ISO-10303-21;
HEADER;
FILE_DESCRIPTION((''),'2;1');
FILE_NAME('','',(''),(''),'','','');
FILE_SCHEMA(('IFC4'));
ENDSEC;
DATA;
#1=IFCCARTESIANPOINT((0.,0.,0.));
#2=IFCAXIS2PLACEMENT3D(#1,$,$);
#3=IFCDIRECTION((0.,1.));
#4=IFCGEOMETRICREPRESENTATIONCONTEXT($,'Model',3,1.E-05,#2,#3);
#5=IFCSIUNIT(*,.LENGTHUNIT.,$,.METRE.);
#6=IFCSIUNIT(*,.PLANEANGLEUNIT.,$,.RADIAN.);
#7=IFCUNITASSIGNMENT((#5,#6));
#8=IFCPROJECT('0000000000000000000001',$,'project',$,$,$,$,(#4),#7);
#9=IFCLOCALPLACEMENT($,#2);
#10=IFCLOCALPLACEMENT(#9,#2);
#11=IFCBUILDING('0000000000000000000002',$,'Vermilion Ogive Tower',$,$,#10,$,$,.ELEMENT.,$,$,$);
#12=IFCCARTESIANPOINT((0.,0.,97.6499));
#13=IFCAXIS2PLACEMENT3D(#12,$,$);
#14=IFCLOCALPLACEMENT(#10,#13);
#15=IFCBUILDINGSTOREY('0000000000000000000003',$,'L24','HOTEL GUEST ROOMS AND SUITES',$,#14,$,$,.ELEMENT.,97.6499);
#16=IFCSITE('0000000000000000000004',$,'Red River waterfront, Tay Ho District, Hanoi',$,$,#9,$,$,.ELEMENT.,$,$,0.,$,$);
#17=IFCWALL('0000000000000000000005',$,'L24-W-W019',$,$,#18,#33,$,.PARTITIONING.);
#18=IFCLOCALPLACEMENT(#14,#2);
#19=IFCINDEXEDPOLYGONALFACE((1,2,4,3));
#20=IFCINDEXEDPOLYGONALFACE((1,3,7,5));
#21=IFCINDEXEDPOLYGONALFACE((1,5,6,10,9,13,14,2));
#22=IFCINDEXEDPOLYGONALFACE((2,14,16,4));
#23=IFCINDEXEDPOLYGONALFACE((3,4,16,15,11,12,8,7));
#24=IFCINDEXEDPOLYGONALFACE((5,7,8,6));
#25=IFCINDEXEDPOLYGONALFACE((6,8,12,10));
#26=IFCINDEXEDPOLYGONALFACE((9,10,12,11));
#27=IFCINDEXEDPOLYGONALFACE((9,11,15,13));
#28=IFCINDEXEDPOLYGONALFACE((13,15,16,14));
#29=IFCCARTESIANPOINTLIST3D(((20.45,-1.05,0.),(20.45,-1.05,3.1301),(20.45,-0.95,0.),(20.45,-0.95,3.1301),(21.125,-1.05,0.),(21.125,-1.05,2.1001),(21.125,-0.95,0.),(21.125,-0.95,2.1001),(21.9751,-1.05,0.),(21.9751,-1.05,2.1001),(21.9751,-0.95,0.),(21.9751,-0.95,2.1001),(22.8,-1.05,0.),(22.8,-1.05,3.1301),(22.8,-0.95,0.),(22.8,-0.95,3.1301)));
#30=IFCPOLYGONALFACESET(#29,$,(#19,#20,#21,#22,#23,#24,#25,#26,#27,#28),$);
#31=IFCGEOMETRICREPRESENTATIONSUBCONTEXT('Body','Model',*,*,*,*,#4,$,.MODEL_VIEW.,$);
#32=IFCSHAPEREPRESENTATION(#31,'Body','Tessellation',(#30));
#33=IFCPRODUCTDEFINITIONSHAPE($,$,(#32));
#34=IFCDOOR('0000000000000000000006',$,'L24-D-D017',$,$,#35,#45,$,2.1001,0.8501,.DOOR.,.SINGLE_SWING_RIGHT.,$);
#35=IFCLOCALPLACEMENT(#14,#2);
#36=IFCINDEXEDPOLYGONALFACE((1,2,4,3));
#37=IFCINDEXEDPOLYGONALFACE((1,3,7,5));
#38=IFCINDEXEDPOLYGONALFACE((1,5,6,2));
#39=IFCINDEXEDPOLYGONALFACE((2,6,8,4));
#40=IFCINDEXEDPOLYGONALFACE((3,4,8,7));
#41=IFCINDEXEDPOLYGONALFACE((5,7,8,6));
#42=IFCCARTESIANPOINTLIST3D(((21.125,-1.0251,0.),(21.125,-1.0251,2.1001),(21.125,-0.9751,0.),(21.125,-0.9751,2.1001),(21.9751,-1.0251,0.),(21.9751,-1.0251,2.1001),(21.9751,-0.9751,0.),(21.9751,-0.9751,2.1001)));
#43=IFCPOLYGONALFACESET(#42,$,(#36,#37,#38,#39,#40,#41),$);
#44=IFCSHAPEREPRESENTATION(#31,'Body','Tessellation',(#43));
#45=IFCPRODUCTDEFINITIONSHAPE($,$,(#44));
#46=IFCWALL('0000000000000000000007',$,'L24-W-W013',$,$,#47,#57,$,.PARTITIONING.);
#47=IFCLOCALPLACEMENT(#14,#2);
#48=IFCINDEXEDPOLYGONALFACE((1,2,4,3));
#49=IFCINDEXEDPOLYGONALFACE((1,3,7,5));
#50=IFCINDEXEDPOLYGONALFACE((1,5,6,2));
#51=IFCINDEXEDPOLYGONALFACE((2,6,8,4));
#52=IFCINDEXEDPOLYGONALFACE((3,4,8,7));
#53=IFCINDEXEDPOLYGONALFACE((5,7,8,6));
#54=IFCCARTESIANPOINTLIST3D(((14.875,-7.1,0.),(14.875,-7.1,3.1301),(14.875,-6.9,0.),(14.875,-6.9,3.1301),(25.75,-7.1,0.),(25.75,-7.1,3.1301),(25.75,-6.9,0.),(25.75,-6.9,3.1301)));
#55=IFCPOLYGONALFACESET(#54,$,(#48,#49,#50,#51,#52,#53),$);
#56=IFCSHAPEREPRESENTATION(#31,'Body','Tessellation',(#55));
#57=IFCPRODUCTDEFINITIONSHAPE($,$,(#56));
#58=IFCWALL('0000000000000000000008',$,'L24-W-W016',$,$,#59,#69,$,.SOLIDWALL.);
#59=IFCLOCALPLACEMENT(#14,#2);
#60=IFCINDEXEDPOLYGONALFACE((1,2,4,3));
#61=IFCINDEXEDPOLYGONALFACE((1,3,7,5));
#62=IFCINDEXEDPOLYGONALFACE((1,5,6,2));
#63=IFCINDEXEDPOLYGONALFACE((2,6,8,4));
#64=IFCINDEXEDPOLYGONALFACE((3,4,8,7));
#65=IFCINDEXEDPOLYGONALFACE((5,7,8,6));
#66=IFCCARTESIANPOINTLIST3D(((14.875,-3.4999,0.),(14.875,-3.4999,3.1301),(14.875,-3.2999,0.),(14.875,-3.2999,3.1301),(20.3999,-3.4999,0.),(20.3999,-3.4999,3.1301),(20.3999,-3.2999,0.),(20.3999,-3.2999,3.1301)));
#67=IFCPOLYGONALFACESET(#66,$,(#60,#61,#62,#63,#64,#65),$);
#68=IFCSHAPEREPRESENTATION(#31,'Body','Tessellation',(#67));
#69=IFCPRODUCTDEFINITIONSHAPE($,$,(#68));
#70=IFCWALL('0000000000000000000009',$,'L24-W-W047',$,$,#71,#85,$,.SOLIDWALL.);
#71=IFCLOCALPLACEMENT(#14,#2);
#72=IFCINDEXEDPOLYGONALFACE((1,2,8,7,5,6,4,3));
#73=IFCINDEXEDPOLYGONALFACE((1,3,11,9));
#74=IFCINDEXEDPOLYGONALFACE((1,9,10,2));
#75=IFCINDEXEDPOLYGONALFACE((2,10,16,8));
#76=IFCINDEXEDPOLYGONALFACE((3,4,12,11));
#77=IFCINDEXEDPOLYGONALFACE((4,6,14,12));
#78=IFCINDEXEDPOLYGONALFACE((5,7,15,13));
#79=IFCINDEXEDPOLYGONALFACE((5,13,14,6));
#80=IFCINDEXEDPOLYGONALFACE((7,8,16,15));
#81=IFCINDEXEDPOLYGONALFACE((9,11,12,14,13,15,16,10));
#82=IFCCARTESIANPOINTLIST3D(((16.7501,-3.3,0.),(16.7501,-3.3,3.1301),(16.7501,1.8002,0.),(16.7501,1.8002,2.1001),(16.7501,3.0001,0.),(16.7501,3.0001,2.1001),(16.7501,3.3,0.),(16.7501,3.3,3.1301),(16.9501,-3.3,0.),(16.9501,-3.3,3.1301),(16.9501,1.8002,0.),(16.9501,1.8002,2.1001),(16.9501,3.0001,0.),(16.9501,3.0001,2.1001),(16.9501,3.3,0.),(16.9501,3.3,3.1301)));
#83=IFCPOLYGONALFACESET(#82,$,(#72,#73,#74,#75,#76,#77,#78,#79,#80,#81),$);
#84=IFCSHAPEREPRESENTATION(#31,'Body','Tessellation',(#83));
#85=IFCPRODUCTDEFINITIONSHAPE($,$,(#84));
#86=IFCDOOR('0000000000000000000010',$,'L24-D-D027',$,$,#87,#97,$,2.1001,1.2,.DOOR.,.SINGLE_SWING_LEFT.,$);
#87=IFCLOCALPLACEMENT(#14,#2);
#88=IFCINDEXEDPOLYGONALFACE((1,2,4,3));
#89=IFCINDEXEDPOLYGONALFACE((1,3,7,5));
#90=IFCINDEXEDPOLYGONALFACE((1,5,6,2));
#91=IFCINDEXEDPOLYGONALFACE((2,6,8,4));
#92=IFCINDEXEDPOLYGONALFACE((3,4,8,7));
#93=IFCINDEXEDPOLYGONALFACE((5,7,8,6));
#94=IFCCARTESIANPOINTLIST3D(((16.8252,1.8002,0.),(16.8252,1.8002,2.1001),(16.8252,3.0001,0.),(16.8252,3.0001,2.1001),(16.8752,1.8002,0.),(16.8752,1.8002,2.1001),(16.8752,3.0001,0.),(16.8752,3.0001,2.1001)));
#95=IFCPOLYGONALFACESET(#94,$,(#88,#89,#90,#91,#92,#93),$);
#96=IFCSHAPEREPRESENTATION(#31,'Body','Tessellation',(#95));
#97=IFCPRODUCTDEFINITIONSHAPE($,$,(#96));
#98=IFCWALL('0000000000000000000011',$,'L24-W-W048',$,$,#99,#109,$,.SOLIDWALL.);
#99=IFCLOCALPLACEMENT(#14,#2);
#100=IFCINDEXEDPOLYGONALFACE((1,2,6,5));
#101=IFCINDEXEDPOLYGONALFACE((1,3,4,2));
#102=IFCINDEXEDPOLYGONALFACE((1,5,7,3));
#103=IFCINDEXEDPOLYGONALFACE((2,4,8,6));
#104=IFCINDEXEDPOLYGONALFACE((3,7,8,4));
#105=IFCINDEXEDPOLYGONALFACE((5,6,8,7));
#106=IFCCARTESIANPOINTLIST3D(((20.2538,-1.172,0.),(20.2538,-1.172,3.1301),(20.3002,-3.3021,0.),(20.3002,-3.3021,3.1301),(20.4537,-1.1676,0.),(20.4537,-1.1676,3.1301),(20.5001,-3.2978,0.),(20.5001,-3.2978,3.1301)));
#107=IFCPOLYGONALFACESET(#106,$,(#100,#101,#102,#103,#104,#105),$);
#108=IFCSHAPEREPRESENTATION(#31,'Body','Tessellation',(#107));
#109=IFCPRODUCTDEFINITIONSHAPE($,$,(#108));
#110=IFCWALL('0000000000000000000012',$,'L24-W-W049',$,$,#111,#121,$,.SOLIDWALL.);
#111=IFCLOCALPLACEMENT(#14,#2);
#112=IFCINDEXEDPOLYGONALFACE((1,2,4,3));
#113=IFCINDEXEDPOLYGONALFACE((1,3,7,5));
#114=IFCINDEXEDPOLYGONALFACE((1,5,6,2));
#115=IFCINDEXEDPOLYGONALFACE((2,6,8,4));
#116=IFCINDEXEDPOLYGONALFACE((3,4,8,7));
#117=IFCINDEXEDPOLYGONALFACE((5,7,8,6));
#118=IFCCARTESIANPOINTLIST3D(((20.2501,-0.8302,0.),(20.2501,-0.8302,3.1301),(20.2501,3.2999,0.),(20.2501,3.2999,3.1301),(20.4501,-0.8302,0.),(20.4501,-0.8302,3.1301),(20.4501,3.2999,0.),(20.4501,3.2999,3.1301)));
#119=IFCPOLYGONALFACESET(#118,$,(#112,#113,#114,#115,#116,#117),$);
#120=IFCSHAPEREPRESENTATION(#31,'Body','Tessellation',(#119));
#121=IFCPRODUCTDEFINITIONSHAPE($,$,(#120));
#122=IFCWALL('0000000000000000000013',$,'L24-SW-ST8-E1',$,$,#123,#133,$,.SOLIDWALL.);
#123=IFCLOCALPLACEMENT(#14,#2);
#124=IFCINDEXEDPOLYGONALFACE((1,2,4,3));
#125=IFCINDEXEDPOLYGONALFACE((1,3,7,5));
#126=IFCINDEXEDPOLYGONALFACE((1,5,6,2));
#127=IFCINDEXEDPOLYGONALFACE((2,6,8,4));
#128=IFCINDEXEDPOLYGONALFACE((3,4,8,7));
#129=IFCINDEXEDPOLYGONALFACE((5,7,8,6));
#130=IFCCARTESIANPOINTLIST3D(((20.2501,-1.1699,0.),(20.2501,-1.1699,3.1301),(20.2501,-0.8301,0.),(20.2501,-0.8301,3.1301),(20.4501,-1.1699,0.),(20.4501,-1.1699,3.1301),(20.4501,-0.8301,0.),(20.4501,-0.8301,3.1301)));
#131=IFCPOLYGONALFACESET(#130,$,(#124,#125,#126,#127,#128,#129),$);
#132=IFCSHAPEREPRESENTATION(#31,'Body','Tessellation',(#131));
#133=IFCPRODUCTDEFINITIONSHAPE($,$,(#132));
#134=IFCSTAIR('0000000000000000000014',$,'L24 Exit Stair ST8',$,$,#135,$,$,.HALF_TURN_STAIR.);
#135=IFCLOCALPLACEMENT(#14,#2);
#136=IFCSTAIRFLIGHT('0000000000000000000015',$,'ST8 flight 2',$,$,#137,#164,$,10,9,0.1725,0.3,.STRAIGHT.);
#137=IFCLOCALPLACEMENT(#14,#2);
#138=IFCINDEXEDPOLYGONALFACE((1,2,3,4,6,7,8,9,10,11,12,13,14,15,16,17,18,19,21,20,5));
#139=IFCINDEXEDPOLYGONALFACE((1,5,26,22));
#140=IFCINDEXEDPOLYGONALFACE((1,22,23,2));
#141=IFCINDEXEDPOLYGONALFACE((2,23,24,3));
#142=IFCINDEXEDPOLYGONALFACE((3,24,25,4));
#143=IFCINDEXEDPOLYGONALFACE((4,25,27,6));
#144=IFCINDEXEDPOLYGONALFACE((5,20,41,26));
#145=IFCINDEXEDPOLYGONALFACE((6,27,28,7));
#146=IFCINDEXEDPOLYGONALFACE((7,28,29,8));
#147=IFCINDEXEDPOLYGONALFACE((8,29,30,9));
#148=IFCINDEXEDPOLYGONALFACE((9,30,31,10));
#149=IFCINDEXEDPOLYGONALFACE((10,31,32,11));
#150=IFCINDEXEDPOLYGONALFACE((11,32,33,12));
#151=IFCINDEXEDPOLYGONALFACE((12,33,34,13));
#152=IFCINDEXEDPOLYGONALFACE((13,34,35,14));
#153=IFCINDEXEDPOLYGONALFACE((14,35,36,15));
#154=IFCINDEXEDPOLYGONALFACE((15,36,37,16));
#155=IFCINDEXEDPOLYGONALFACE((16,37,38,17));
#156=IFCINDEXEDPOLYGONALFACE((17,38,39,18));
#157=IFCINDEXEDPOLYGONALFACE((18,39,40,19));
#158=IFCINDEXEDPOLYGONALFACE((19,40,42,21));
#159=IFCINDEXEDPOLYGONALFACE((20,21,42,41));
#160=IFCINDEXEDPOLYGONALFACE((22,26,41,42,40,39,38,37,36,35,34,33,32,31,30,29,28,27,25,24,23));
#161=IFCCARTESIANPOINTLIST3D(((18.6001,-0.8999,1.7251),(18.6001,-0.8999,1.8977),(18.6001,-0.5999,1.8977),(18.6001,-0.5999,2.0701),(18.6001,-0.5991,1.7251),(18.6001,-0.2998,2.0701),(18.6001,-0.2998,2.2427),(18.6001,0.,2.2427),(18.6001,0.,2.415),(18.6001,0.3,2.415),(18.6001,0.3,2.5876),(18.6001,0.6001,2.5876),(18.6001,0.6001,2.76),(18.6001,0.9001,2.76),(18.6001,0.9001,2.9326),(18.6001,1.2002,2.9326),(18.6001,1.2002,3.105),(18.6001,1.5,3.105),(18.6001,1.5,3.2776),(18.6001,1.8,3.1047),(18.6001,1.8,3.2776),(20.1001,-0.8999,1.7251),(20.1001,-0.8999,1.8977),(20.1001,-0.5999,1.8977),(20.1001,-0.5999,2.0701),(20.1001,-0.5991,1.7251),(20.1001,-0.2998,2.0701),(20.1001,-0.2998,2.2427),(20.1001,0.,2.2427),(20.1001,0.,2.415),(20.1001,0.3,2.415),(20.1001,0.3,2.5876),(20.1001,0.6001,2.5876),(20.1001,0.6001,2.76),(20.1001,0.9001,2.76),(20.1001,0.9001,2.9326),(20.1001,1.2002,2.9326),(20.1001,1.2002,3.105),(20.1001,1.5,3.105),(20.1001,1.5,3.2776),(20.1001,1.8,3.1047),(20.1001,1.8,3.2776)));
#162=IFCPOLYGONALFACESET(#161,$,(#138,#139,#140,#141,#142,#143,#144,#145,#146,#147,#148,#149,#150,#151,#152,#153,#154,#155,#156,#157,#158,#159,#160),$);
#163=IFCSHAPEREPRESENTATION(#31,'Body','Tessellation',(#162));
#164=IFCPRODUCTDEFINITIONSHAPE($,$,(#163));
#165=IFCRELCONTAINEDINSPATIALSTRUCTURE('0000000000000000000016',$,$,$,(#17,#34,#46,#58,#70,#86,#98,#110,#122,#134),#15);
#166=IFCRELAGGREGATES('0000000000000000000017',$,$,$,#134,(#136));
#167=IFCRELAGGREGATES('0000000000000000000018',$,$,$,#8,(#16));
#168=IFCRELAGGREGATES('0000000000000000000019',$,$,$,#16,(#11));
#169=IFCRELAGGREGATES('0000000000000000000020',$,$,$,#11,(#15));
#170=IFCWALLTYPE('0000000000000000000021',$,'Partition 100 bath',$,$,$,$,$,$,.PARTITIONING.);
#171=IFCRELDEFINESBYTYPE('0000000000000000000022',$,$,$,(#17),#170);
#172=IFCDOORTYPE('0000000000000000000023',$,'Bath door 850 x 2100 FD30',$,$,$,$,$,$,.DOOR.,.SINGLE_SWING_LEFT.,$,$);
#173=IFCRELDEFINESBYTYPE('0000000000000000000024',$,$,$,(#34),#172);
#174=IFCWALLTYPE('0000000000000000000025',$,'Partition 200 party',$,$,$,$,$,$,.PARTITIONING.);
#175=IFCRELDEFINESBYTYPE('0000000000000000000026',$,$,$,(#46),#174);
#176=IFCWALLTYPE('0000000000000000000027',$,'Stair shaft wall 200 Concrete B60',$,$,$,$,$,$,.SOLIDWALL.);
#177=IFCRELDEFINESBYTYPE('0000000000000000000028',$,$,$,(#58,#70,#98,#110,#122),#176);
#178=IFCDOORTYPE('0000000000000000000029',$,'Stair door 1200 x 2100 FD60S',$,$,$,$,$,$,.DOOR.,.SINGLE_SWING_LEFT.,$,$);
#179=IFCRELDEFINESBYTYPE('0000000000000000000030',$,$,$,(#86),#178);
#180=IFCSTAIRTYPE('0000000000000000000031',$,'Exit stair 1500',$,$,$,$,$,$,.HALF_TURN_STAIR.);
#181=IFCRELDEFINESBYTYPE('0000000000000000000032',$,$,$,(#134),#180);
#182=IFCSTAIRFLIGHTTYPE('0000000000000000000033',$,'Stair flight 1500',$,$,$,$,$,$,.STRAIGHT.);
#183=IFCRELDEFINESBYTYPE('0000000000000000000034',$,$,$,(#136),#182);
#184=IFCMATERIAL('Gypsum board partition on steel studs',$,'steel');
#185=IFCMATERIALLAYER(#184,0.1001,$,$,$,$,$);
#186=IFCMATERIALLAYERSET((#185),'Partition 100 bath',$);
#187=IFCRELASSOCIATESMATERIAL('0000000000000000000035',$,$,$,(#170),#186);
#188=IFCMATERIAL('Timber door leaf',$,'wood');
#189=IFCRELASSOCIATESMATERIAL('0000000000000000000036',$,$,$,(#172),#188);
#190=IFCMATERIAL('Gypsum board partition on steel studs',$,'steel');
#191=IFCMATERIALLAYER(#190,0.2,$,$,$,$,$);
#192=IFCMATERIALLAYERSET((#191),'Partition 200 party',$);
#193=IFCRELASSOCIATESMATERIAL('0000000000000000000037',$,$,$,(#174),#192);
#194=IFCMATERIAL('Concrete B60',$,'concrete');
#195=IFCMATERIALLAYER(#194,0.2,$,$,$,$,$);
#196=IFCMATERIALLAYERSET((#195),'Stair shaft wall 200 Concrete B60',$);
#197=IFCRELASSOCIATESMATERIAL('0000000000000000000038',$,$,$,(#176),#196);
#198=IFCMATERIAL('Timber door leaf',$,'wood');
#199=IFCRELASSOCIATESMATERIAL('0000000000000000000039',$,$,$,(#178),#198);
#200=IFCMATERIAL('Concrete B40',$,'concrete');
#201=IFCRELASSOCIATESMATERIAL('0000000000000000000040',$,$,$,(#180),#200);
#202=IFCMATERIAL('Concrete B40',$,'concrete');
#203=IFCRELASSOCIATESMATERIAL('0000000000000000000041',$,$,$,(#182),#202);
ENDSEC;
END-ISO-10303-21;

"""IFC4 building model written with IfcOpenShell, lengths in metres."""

from ifc_helpers import new_model, si_unit, direction, frame, frame_2d, origin, place, context, subcontext, project, spatial, polyline, rectangle, outline, extrude, material, layer, layer_set, type_object, element, fill, aggregate, save


model = new_model("IFC4")

# Units and contexts
model_context = context("Model", 3, precision=1e-05, world=origin(), true_north=direction((0.0, 1.0)))
body_context = subcontext(model_context, "Body", "Model", "MODEL_VIEW")
ifc_project = project(units=[si_unit("LENGTHUNIT", "METRE"), si_unit("PLANEANGLEUNIT", "RADIAN")], contexts=[model_context])

# Site, building, storey
site_placement = place(None, origin())
site = spatial("IfcSite", under=ifc_project, at=site_placement, Name="Red River waterfront, Tay Ho District, Hanoi", CompositionType="ELEMENT", RefElevation=0.0)
building_placement = place(site_placement, origin())
building = spatial("IfcBuilding", under=site, at=building_placement, Name="Vermilion Ogive Tower", CompositionType="ELEMENT")
storey_placement = place(building_placement, frame((0.0, 0.0, 97.6499)))
storey = spatial("IfcBuildingStorey", under=building, at=storey_placement, Name="L24", Description="HOTEL GUEST ROOMS AND SUITES", CompositionType="ELEMENT", Elevation=97.6499)

# Shared definitions
ifc_material_1 = material(Name="Gypsum board partition on steel studs", Category="steel")
ifc_layer_1 = layer(ifc_material_1, 0.1001)
ifc_layer_set_1 = layer_set([ifc_layer_1], Name="Partition 100 bath")
wall_type_1 = type_object("IfcWallType", Name="Partition 100 bath", PredefinedType="PARTITIONING", material=ifc_layer_set_1)

# Wall, opening, door
wall_1_placement = place(storey_placement, frame((20.45, -1.0, 0.0), z_axis=(0.0, 0.0, 1.0), x_axis=(1.0, 0.0, 0.0)))
wall_1 = element("IfcWall", 1, at=wall_1_placement, inside=storey, type_object=wall_type_1, Name="L24-W-W019", PredefinedType="PARTITIONING", context=body_context, shape_type="SweptSolid", body=[
    extrude(rectangle(XDim=2.3501, YDim=0.1001, at=frame_2d((1.175, 0.0))), origin(), (0.0, 0.0, 1.0), 3.1301),
])
opening_1_placement = place(wall_1_placement, frame((0.675, 0.0, 0.0)))
opening_1 = element("IfcOpeningElement", 2, at=opening_1_placement, cuts=wall_1, PredefinedType="OPENING", context=body_context, shape_type="SweptSolid", body=[
    extrude(rectangle(XDim=0.8501, YDim=2.1001, at=frame_2d((0.425, 1.05))), frame((0.0, 0.0601, 0.0), z_axis=(0.0, -1.0, 0.0), x_axis=(1.0, 0.0, 0.0)), (0.0, 0.0, 1.0), 0.1201),
])
ifc_material_2 = material(Name="Timber door leaf", Category="wood")
door_type_1 = type_object("IfcDoorType", Name="Bath door 850 x 2100 FD30", OperationType="SINGLE_SWING_LEFT", PredefinedType="DOOR", material=ifc_material_2)
door_1_placement = place(opening_1_placement, origin())
door_1 = element("IfcDoor", 3, at=door_1_placement, inside=storey, type_object=door_type_1, Name="L24-D-D017", OperationType="SINGLE_SWING_RIGHT", OverallHeight=2.1001, OverallWidth=0.8501, PredefinedType="DOOR", context=body_context, shape_type="SweptSolid", body=[
    extrude(rectangle(XDim=0.8501, YDim=2.1001, at=frame_2d((0.425, 1.05))), frame((0.0, 0.0249, 0.0), z_axis=(0.0, -1.0, 0.0), x_axis=(1.0, 0.0, 0.0)), (0.0, 0.0, 1.0), 0.05),
])
fill(opening_1, door_1)

# Walls
ifc_material_3 = material(Name="Gypsum board partition on steel studs", Category="steel")
ifc_layer_2 = layer(ifc_material_3, 0.2)
ifc_layer_set_2 = layer_set([ifc_layer_2], Name="Partition 200 party")
wall_type_2 = type_object("IfcWallType", Name="Partition 200 party", PredefinedType="PARTITIONING", material=ifc_layer_set_2)
wall_2_placement = place(storey_placement, frame((14.875, -7.0, 0.0), z_axis=(0.0, 0.0, 1.0), x_axis=(1.0, 0.0, 0.0)))
element("IfcWall", 4, at=wall_2_placement, inside=storey, type_object=wall_type_2, Name="L24-W-W013", PredefinedType="PARTITIONING", context=body_context, shape_type="SweptSolid", body=[
    extrude(rectangle(XDim=10.875, YDim=0.2, at=frame_2d((5.4375, 0.0))), origin(), (0.0, 0.0, 1.0), 3.1301),
])
ifc_material_4 = material(Name="Concrete B60", Category="concrete")
ifc_layer_3 = layer(ifc_material_4, 0.2)
ifc_layer_set_3 = layer_set([ifc_layer_3], Name="Stair shaft wall 200 Concrete B60")
wall_type_3 = type_object("IfcWallType", Name="Stair shaft wall 200 Concrete B60", PredefinedType="SOLIDWALL", material=ifc_layer_set_3)
wall_3_placement = place(storey_placement, frame((14.875, -3.3999, 0.0), z_axis=(0.0, 0.0, 1.0), x_axis=(1.0, 0.0, 0.0)))
element("IfcWall", 5, at=wall_3_placement, inside=storey, type_object=wall_type_3, Name="L24-W-W016", PredefinedType="SOLIDWALL", context=body_context, shape_type="SweptSolid", body=[
    extrude(rectangle(XDim=5.5249, YDim=0.2, at=frame_2d((2.7625, 0.0))), origin(), (0.0, 0.0, 1.0), 3.1301),
])

# Wall, opening, door
wall_4_placement = place(storey_placement, frame((16.8501, -3.3, 0.0), z_axis=(0.0, 0.0, 1.0), x_axis=(0.0, 1.0, 0.0)))
wall_4 = element("IfcWall", 6, at=wall_4_placement, inside=storey, type_object=wall_type_3, Name="L24-W-W047", PredefinedType="SOLIDWALL", context=body_context, shape_type="SweptSolid", body=[
    extrude(rectangle(XDim=6.6001, YDim=0.2, at=frame_2d((3.3, 0.0))), origin(), (0.0, 0.0, 1.0), 3.1301),
])
opening_2_placement = place(wall_4_placement, frame((5.1001, 0.0, 0.0)))
opening_2 = element("IfcOpeningElement", 7, at=opening_2_placement, cuts=wall_4, PredefinedType="OPENING", context=body_context, shape_type="SweptSolid", body=[
    extrude(rectangle(XDim=1.2, YDim=2.1001, at=frame_2d((0.6001, 1.05))), frame((0.0, 0.1099, 0.0), z_axis=(0.0, -1.0, 0.0), x_axis=(1.0, 0.0, 0.0)), (0.0, 0.0, 1.0), 0.22),
])
ifc_material_5 = material(Name="Timber door leaf", Category="wood")
door_type_2 = type_object("IfcDoorType", Name="Stair door 1200 x 2100 FD60S", OperationType="SINGLE_SWING_LEFT", PredefinedType="DOOR", material=ifc_material_5)
door_2_placement = place(opening_2_placement, origin())
door_2 = element("IfcDoor", 8, at=door_2_placement, inside=storey, type_object=door_type_2, Name="L24-D-D027", OperationType="SINGLE_SWING_LEFT", OverallHeight=2.1001, OverallWidth=1.2, PredefinedType="DOOR", context=body_context, shape_type="SweptSolid", body=[
    extrude(rectangle(XDim=1.2, YDim=2.1001, at=frame_2d((0.6001, 1.05))), frame((0.0, 0.0249, 0.0), z_axis=(0.0, -1.0, 0.0), x_axis=(1.0, 0.0, 0.0)), (0.0, 0.0, 1.0), 0.05),
])
fill(opening_2, door_2)

# Walls
wall_5_placement = place(storey_placement, frame((20.4001, -3.3, 0.0), z_axis=(0.0, 0.0, 1.0), x_axis=(-0.021771, 0.999763, 0.0)))
element("IfcWall", 9, at=wall_5_placement, inside=storey, type_object=wall_type_3, Name="L24-W-W048", PredefinedType="SOLIDWALL", context=body_context, shape_type="SweptSolid", body=[
    extrude(rectangle(XDim=2.1306, YDim=0.2, at=frame_2d((1.0654, 0.0))), origin(), (0.0, 0.0, 1.0), 3.1301),
])
wall_6_placement = place(storey_placement, frame((20.3501, -0.8301, 0.0), z_axis=(0.0, 0.0, 1.0), x_axis=(0.0, 1.0, 0.0)))
element("IfcWall", 10, at=wall_6_placement, inside=storey, type_object=wall_type_3, Name="L24-W-W049", PredefinedType="SOLIDWALL", context=body_context, shape_type="SweptSolid", body=[
    extrude(rectangle(XDim=4.1301, YDim=0.2, at=frame_2d((2.0649, 0.0))), origin(), (0.0, 0.0, 1.0), 3.1301),
])
wall_7_placement = place(storey_placement, frame((20.3501, -1.1699, 0.0), z_axis=(0.0, 0.0, 1.0), x_axis=(0.0, 1.0, 0.0)))
element("IfcWall", 11, at=wall_7_placement, inside=storey, type_object=wall_type_3, Name="L24-SW-ST8-E1", PredefinedType="SOLIDWALL", context=body_context, shape_type="SweptSolid", body=[
    extrude(rectangle(XDim=0.3398, YDim=0.2, at=frame_2d((0.1699, 0.0))), origin(), (0.0, 0.0, 1.0), 3.1301),
])

# Stair, stair flight
ifc_material_6 = material(Name="Concrete B40", Category="concrete")
stair_type = type_object("IfcStairType", Name="Exit stair 1500", PredefinedType="HALF_TURN_STAIR", material=ifc_material_6)
stair_placement = place(storey_placement, origin())
stair = element("IfcStair", 12, at=stair_placement, inside=storey, type_object=stair_type, Name="L24 Exit Stair ST8", PredefinedType="HALF_TURN_STAIR")
ifc_material_7 = material(Name="Concrete B40", Category="concrete")
stair_flight_type = type_object("IfcStairFlightType", Name="Stair flight 1500", PredefinedType="STRAIGHT", material=ifc_material_7)
stair_flight_placement = place(storey_placement, frame((19.3501, -0.8999, 1.7251), z_axis=(0.0, 0.0, 1.0), x_axis=(0.0, 1.0, 0.0)))
stair_flight = element("IfcStairFlight", 13, at=stair_flight_placement, type_object=stair_flight_type, Name="ST8 flight 2", NumberOfRisers=10, NumberOfTreads=9, PredefinedType="STRAIGHT", RiserHeight=0.1725, TreadLength=0.3, context=body_context, shape_type="SweptSolid", body=[
    extrude(outline(polyline([(0.0, 0.0), (0.0, 0.1726), (0.3, 0.1726), (0.3, 0.345), (0.6001, 0.345), (0.6001, 0.5176), (0.8999, 0.5176), (0.8999, 0.6899), (1.2, 0.6899), (1.2, 0.8625), (1.5, 0.8625), (1.5, 1.0349), (1.8, 1.0349), (1.8, 1.2075), (2.1001, 1.2075), (2.1001, 1.3799), (2.3999, 1.3799), (2.3999, 1.5525), (2.7, 1.5525), (2.7, 1.7251), (2.7, 1.3796), (0.3008, 0.0), (0.0, 0.0)])), frame((0.0, 0.75, 0.0), z_axis=(0.0, -1.0, 0.0), x_axis=(1.0, 0.0, 0.0)), (0.0, 0.0, 1.0), 1.5),
])
aggregate(stair, [stair_flight])

save(model, "model.ifc")
